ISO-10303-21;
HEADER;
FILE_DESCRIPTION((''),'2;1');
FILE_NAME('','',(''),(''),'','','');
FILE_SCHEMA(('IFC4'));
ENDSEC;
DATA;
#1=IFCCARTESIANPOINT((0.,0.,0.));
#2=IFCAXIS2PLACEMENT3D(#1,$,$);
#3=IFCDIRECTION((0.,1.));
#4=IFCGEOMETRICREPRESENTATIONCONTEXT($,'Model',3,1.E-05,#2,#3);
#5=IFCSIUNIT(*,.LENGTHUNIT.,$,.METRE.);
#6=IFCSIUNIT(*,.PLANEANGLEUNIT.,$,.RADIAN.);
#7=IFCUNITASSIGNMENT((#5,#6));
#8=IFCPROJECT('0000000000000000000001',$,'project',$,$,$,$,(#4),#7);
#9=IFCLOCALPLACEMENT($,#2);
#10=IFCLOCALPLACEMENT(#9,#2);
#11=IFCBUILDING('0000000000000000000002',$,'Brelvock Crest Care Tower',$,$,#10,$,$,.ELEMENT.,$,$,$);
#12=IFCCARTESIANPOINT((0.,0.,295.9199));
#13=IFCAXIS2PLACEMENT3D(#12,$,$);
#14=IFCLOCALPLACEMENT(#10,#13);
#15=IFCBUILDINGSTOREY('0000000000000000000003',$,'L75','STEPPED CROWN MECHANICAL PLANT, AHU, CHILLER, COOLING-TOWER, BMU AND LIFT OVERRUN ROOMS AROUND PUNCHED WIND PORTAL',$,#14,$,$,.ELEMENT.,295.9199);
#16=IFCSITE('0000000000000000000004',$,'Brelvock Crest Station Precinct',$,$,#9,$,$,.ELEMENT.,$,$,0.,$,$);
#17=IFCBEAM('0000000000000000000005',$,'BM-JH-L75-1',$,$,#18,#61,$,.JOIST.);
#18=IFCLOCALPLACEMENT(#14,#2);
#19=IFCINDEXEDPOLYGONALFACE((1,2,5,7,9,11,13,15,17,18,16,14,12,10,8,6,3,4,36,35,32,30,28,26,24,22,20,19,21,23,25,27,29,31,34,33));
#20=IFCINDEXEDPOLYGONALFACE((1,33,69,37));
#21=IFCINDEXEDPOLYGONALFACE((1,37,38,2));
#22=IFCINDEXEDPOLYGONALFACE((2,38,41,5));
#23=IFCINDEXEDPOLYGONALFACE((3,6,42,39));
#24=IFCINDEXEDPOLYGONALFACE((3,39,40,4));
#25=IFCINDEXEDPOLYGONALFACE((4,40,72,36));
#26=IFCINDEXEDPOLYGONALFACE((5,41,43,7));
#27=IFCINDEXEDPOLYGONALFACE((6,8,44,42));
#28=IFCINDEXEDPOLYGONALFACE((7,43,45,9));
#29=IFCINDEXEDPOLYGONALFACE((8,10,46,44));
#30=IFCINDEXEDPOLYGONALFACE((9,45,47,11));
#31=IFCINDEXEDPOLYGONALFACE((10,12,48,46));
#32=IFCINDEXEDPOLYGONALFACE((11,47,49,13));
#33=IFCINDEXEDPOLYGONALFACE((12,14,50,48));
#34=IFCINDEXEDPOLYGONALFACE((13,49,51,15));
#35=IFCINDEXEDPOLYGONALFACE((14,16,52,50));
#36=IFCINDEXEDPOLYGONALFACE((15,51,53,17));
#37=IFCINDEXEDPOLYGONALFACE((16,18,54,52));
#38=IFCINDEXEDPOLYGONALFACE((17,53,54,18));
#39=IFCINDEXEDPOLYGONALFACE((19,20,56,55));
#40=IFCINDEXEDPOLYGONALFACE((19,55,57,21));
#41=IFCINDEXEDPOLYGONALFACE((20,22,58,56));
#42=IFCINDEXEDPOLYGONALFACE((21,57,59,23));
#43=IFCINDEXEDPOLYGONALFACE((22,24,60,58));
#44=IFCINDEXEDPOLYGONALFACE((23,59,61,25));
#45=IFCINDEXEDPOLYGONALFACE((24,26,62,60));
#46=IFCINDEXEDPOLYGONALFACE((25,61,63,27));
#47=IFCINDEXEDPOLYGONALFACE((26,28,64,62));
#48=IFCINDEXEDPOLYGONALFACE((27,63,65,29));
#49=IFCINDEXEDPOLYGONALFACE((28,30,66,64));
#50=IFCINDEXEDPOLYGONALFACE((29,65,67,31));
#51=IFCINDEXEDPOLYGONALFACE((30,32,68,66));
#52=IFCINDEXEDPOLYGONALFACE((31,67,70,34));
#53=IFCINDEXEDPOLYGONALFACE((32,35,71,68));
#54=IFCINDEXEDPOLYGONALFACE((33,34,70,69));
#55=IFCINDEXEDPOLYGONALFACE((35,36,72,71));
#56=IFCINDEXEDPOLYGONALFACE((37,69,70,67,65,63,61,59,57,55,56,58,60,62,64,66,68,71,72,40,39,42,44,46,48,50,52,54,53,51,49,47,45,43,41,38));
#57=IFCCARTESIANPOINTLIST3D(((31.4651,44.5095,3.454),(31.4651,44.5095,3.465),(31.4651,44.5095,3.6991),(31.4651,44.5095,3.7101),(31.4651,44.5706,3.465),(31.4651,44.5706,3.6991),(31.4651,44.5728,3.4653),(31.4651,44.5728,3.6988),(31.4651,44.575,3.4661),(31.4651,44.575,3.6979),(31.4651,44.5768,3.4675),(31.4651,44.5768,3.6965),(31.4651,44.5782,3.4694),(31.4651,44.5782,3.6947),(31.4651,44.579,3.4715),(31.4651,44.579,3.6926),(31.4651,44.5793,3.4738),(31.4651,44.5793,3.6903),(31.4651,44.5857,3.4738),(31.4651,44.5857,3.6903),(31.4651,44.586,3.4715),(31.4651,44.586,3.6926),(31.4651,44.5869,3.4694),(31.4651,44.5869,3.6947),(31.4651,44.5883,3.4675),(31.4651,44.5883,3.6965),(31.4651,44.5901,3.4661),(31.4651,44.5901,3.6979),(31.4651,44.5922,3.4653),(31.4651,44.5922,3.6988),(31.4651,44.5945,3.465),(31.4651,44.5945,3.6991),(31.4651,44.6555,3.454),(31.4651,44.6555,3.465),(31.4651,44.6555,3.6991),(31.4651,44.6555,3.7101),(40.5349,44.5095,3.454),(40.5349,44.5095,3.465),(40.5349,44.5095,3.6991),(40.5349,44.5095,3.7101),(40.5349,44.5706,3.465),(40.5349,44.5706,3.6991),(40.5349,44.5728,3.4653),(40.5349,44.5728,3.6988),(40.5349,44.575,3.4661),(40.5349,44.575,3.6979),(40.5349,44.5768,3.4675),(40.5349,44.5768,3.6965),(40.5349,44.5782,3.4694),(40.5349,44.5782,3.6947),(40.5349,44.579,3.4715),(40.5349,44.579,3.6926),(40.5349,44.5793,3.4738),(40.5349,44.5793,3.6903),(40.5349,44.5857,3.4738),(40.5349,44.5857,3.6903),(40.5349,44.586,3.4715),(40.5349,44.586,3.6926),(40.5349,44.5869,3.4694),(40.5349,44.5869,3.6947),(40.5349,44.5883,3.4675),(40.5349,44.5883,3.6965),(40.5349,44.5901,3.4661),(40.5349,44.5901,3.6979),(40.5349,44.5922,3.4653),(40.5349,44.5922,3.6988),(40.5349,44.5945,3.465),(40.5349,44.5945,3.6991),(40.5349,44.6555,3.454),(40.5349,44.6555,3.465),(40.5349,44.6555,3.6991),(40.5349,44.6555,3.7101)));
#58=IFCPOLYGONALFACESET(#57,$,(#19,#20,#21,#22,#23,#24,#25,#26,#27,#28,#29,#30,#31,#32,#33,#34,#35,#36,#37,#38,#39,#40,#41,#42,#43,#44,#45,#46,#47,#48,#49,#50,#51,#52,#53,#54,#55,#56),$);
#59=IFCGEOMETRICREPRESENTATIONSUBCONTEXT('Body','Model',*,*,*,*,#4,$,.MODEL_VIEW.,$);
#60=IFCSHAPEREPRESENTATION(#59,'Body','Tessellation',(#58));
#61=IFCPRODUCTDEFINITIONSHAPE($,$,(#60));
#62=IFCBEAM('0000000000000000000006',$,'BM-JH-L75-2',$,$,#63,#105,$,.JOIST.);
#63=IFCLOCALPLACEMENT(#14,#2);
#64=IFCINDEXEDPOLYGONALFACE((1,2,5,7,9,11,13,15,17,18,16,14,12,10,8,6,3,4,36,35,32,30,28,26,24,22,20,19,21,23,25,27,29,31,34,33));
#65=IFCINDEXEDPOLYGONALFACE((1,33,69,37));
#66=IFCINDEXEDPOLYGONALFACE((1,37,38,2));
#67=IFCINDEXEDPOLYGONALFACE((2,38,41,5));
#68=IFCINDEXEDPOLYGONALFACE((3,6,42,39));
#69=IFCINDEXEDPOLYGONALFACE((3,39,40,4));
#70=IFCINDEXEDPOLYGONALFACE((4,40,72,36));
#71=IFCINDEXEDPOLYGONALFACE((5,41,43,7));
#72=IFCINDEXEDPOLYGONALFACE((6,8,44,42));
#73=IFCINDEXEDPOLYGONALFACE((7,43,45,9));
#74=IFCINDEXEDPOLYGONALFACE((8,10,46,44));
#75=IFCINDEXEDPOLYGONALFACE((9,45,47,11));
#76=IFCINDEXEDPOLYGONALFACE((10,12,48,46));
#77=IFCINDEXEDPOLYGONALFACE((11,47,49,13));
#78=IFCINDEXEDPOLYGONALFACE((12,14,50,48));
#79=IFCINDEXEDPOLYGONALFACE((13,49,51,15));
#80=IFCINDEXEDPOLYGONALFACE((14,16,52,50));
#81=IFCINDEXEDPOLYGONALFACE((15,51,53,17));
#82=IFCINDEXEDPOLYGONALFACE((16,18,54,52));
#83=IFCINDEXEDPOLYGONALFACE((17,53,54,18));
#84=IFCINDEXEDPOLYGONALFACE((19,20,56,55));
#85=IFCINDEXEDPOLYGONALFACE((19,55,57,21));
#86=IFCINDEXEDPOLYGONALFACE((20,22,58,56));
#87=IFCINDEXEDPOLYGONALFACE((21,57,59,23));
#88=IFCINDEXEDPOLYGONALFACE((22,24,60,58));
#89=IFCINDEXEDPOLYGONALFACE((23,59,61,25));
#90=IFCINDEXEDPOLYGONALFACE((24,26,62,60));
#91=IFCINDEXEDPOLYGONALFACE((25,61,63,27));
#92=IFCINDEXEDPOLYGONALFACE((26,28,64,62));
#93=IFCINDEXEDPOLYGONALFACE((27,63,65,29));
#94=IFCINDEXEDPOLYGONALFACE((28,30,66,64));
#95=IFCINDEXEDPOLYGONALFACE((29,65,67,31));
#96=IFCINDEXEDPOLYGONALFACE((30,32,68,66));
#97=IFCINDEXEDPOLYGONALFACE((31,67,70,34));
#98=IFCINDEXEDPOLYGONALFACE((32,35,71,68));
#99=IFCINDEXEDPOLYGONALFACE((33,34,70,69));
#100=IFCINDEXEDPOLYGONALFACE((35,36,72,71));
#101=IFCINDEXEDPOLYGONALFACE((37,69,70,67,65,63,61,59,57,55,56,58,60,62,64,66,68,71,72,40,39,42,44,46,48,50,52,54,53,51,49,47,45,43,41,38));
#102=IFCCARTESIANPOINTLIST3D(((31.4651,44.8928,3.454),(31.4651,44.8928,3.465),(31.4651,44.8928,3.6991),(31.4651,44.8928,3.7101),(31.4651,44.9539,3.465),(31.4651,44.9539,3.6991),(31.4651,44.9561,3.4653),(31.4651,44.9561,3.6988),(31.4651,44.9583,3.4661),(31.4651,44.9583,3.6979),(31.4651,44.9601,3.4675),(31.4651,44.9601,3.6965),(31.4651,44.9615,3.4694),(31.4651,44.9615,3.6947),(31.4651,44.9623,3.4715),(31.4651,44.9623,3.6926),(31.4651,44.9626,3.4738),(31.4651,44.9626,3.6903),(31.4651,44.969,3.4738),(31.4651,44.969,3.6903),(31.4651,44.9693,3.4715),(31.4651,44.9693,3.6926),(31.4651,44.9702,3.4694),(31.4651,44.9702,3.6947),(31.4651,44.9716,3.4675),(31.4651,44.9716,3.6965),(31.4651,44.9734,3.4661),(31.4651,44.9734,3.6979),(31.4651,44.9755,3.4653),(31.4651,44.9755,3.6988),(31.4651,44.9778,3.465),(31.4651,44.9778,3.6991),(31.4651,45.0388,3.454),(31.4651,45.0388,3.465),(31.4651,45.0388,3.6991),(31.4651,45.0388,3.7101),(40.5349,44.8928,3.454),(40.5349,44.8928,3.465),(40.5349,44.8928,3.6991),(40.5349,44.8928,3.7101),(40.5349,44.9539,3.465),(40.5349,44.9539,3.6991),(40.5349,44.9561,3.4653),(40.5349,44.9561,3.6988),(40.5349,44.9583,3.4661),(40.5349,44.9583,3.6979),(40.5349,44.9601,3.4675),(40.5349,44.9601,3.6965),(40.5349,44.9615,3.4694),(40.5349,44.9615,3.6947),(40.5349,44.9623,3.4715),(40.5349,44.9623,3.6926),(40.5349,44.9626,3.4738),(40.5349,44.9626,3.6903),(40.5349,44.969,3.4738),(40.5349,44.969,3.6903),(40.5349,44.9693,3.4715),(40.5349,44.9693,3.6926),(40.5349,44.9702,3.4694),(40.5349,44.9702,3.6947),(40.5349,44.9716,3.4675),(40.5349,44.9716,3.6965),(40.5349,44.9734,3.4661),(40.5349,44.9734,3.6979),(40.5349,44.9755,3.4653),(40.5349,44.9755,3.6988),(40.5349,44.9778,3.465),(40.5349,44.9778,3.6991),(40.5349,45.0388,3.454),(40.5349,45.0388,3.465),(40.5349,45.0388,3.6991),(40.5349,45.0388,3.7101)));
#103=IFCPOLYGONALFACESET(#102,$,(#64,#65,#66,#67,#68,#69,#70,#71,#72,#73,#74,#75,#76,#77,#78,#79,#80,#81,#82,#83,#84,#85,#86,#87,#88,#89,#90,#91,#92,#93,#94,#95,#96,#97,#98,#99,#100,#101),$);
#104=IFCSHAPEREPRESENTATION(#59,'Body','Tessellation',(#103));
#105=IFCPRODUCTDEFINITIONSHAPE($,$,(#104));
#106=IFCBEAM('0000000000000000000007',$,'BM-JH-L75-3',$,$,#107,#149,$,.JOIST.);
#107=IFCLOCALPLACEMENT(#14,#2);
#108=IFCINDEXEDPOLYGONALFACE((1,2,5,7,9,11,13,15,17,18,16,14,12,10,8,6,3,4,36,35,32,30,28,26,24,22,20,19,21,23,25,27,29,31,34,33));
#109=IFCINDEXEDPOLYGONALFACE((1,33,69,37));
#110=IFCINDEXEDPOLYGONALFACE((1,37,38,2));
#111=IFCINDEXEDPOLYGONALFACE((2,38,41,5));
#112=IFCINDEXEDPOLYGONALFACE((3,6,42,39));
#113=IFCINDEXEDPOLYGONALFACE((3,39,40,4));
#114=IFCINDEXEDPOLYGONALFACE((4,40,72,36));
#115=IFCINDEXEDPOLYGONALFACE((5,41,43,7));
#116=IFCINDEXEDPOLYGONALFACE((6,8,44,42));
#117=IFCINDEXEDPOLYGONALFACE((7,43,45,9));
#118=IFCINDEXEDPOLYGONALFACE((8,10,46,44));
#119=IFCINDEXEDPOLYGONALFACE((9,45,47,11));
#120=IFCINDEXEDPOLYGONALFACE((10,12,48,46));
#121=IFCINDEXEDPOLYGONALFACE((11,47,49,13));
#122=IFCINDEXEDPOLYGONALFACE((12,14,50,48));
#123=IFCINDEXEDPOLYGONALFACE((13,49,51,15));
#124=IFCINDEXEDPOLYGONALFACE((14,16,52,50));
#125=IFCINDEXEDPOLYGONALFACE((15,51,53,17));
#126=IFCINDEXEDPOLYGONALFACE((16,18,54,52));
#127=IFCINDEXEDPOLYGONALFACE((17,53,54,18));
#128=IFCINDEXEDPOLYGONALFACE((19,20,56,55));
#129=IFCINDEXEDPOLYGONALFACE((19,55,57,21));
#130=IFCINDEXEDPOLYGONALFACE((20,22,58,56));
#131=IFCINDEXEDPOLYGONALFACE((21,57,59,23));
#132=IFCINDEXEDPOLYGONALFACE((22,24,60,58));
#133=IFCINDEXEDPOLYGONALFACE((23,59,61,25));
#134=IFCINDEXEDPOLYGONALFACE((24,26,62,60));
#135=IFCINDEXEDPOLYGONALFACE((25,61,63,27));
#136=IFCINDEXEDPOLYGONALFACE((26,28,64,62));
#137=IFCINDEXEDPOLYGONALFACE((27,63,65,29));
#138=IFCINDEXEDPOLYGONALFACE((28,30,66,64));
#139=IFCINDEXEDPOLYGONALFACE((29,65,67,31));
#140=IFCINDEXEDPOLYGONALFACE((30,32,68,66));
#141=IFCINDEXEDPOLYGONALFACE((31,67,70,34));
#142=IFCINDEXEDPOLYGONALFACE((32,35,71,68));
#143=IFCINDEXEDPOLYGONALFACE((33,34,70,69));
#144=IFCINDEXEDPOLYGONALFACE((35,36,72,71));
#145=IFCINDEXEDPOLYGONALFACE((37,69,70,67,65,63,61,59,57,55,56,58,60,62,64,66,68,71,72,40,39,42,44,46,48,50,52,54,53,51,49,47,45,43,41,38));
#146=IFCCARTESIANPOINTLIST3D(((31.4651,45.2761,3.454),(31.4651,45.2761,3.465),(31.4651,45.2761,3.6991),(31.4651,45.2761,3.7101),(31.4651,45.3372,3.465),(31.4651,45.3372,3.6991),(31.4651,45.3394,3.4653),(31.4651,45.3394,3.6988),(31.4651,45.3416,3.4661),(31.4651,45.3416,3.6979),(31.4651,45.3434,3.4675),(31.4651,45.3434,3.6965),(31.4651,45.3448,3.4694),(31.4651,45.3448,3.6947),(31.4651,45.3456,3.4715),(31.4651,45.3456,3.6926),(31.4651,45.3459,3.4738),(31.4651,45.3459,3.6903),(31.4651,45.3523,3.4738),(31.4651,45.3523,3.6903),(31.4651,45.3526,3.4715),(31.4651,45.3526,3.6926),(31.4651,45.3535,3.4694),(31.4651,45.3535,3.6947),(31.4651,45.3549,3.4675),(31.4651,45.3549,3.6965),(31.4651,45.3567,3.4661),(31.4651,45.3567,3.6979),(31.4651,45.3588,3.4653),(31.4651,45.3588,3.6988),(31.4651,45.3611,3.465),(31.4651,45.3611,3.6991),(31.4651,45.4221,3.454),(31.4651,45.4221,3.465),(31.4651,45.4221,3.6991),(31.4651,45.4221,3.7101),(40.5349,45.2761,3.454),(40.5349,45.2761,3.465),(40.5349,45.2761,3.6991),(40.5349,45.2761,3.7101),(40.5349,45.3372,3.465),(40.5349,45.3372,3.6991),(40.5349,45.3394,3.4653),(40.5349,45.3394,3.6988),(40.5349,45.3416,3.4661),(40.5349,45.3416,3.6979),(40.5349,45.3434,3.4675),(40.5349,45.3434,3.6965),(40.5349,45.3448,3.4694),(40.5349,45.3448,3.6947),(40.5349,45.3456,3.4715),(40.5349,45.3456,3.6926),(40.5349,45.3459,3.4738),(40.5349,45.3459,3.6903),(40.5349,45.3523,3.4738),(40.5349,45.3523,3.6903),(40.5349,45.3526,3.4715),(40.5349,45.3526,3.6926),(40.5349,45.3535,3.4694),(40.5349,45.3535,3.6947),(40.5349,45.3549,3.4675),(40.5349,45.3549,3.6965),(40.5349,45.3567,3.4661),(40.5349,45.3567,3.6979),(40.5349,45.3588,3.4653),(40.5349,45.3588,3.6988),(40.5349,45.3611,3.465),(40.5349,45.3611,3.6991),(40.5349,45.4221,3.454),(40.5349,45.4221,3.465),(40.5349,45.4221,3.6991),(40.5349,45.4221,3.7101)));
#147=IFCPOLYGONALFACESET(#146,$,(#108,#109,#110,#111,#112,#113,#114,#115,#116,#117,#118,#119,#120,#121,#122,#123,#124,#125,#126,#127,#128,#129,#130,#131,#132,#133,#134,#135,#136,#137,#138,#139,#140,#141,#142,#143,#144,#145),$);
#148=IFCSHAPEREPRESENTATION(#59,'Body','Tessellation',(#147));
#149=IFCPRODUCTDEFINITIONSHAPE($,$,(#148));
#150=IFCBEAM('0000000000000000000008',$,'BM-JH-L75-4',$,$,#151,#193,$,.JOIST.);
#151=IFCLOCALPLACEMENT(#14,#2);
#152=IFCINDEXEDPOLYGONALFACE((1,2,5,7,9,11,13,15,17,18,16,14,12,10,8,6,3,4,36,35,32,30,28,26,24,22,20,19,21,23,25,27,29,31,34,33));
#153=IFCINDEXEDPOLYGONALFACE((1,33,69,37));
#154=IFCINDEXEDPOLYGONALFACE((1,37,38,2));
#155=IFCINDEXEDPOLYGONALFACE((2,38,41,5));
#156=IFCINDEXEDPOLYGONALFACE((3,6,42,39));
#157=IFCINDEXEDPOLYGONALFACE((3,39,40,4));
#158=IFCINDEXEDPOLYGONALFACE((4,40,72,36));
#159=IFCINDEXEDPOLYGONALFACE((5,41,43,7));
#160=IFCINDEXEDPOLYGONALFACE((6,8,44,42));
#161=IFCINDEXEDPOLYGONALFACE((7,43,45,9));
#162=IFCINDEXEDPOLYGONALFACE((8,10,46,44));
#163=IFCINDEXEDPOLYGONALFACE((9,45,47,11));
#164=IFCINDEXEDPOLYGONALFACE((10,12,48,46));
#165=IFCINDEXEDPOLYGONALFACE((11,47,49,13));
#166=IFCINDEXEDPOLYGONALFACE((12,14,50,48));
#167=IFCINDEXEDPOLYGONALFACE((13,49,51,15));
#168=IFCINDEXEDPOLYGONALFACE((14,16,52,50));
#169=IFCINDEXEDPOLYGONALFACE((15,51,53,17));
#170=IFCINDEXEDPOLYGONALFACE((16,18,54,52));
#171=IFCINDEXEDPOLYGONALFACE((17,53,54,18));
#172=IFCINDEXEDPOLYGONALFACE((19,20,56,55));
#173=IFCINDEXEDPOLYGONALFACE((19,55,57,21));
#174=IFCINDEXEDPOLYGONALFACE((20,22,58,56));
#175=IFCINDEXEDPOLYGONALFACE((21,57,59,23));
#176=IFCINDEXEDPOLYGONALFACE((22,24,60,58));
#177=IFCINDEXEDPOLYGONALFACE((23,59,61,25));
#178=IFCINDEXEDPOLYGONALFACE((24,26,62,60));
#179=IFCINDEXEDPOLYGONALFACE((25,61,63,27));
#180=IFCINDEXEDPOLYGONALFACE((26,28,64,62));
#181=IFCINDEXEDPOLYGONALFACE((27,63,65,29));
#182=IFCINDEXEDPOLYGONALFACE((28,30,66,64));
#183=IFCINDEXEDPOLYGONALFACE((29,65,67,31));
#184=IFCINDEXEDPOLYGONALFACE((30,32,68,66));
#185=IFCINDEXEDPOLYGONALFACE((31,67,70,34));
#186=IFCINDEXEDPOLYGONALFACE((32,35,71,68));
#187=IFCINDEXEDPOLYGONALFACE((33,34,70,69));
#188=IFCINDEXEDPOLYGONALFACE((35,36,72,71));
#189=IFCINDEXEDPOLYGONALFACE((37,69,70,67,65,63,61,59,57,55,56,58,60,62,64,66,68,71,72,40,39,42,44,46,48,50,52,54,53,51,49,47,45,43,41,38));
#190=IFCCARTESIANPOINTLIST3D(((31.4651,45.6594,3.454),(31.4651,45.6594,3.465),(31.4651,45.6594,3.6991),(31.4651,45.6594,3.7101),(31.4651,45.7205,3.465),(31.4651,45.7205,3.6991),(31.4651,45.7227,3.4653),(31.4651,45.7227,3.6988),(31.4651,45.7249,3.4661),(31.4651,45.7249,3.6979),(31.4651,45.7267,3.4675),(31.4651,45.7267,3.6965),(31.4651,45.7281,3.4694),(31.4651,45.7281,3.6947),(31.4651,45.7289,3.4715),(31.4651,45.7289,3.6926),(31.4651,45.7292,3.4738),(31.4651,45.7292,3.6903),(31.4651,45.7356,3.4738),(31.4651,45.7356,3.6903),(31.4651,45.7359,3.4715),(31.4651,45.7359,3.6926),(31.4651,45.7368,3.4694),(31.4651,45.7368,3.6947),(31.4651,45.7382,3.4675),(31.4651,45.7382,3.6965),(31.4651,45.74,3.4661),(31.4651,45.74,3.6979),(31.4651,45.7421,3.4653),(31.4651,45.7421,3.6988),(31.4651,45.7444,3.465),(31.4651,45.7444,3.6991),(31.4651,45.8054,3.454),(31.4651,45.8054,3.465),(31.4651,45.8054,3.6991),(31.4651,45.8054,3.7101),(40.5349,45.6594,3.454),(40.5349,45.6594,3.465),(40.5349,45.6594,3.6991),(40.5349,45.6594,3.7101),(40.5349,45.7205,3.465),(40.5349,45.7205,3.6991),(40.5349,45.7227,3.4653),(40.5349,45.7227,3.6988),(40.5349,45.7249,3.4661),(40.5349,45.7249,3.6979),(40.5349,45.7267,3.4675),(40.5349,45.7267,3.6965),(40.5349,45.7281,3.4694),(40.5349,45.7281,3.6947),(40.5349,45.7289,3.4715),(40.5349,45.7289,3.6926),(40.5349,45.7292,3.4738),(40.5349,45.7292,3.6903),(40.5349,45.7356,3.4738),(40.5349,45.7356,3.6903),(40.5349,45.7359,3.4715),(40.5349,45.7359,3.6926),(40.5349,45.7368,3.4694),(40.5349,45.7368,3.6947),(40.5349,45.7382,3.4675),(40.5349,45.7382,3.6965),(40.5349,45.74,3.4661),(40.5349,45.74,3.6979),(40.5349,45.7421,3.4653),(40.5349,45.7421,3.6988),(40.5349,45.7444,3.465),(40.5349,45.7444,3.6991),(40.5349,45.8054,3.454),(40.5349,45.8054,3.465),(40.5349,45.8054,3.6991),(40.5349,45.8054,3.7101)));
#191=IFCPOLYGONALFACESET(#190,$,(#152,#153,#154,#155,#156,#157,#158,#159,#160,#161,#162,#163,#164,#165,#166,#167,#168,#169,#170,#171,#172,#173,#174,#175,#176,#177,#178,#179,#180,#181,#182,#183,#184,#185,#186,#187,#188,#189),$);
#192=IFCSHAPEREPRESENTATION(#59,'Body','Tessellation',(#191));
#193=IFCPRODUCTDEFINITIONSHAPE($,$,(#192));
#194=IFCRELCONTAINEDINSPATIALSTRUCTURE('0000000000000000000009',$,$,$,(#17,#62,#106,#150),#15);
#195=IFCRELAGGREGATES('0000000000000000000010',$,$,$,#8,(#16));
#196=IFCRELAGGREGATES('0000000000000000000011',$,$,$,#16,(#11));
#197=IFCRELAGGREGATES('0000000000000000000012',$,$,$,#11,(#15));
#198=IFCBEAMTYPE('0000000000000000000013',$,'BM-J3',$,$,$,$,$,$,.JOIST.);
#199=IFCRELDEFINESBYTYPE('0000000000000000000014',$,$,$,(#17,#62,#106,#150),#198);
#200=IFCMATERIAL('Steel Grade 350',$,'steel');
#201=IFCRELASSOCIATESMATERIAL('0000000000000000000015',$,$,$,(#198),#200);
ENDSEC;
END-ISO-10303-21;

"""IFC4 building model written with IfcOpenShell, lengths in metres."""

from ifc_helpers import new_model, si_unit, direction, frame, origin, origin_2d, place, context, subcontext, project, spatial, i_section, extrude, source, transform, mapped, material, material_profile, profile_set, type_object, element, save


model = new_model("IFC4")

# Units and contexts
model_context = context("Model", 3, precision=1e-05, world=origin(), true_north=direction((0.0, 1.0)))
body_context = subcontext(model_context, "Body", "Model", "MODEL_VIEW")
ifc_project = project(units=[si_unit("LENGTHUNIT", "METRE"), si_unit("PLANEANGLEUNIT", "RADIAN")], contexts=[model_context])

# Site, building, storey
site_placement = place(None, origin())
site = spatial("IfcSite", under=ifc_project, at=site_placement, Name="Brelvock Crest Station Precinct", CompositionType="ELEMENT", RefElevation=0.0)
building_placement = place(site_placement, origin())
building = spatial("IfcBuilding", under=site, at=building_placement, Name="Brelvock Crest Care Tower", CompositionType="ELEMENT")
storey_placement = place(building_placement, frame((0.0, 0.0, 295.9199)))
storey = spatial("IfcBuildingStorey", under=building, at=storey_placement, Name="L75", Description="STEPPED CROWN MECHANICAL PLANT, AHU, CHILLER, COOLING-TOWER, BMU AND LIFT OVERRUN ROOMS AROUND PUNCHED WIND PORTAL", CompositionType="ELEMENT", Elevation=295.9199)

# Shared definitions
ifc_material_1 = material(Name="Steel Grade 350", Category="steel")

# Beams
ifc_material_profile_1 = material_profile(ifc_material_1, i_section(OverallWidth=0.146, OverallDepth=0.2561, WebThickness=0.0063, FlangeThickness=0.011, FilletRadius=0.0088, at=origin_2d()), Name="250UB37.3")
ifc_profile_set_1 = profile_set([ifc_material_profile_1], Name="Steel Grade 350")
beam_type_1 = type_object("IfcBeamType", Name="BM-J3", PredefinedType="JOIST", material=ifc_profile_set_1)
shared_shape_1 = source(origin(), body_context, "Body", "SweptSolid", [
    extrude(i_section(OverallWidth=0.146, OverallDepth=0.2561, WebThickness=0.0063, FlangeThickness=0.011, FilletRadius=0.0088, at=origin_2d()), origin(), (0.0, 0.0, 1.0), 9.0698),
])
for number, where, z_axis, x_axis, name in (
    (1, (31.4651, 44.5825, 3.582), (1.0, 0.0, 0.0), (0.0, 1.0, 0.0), "BM-JH-L75-1"),
    (2, (31.4651, 44.9658, 3.582), (1.0, 0.0, 0.0), (0.0, 1.0, 0.0), "BM-JH-L75-2"),
    (3, (31.4651, 45.3491, 3.582), (1.0, 0.0, 0.0), (0.0, 1.0, 0.0), "BM-JH-L75-3"),
    (4, (31.4651, 45.7324, 3.582), (1.0, 0.0, 0.0), (0.0, 1.0, 0.0), "BM-JH-L75-4"),
):
    element("IfcBeam", number, at=place(storey_placement, frame(where, z_axis=z_axis, x_axis=x_axis)), inside=storey, type_object=beam_type_1, Name=name, PredefinedType="JOIST", context=body_context, shape_type="MappedRepresentation", body=[
        mapped(shared_shape_1, transform((0.0, 0.0, 0.0), x_axis=(1.0, 0.0, 0.0), y_axis=(0.0, 1.0, 0.0), z_axis=(0.0, 0.0, 1.0), scale=1.0)),
    ])

save(model, "model.ifc")
